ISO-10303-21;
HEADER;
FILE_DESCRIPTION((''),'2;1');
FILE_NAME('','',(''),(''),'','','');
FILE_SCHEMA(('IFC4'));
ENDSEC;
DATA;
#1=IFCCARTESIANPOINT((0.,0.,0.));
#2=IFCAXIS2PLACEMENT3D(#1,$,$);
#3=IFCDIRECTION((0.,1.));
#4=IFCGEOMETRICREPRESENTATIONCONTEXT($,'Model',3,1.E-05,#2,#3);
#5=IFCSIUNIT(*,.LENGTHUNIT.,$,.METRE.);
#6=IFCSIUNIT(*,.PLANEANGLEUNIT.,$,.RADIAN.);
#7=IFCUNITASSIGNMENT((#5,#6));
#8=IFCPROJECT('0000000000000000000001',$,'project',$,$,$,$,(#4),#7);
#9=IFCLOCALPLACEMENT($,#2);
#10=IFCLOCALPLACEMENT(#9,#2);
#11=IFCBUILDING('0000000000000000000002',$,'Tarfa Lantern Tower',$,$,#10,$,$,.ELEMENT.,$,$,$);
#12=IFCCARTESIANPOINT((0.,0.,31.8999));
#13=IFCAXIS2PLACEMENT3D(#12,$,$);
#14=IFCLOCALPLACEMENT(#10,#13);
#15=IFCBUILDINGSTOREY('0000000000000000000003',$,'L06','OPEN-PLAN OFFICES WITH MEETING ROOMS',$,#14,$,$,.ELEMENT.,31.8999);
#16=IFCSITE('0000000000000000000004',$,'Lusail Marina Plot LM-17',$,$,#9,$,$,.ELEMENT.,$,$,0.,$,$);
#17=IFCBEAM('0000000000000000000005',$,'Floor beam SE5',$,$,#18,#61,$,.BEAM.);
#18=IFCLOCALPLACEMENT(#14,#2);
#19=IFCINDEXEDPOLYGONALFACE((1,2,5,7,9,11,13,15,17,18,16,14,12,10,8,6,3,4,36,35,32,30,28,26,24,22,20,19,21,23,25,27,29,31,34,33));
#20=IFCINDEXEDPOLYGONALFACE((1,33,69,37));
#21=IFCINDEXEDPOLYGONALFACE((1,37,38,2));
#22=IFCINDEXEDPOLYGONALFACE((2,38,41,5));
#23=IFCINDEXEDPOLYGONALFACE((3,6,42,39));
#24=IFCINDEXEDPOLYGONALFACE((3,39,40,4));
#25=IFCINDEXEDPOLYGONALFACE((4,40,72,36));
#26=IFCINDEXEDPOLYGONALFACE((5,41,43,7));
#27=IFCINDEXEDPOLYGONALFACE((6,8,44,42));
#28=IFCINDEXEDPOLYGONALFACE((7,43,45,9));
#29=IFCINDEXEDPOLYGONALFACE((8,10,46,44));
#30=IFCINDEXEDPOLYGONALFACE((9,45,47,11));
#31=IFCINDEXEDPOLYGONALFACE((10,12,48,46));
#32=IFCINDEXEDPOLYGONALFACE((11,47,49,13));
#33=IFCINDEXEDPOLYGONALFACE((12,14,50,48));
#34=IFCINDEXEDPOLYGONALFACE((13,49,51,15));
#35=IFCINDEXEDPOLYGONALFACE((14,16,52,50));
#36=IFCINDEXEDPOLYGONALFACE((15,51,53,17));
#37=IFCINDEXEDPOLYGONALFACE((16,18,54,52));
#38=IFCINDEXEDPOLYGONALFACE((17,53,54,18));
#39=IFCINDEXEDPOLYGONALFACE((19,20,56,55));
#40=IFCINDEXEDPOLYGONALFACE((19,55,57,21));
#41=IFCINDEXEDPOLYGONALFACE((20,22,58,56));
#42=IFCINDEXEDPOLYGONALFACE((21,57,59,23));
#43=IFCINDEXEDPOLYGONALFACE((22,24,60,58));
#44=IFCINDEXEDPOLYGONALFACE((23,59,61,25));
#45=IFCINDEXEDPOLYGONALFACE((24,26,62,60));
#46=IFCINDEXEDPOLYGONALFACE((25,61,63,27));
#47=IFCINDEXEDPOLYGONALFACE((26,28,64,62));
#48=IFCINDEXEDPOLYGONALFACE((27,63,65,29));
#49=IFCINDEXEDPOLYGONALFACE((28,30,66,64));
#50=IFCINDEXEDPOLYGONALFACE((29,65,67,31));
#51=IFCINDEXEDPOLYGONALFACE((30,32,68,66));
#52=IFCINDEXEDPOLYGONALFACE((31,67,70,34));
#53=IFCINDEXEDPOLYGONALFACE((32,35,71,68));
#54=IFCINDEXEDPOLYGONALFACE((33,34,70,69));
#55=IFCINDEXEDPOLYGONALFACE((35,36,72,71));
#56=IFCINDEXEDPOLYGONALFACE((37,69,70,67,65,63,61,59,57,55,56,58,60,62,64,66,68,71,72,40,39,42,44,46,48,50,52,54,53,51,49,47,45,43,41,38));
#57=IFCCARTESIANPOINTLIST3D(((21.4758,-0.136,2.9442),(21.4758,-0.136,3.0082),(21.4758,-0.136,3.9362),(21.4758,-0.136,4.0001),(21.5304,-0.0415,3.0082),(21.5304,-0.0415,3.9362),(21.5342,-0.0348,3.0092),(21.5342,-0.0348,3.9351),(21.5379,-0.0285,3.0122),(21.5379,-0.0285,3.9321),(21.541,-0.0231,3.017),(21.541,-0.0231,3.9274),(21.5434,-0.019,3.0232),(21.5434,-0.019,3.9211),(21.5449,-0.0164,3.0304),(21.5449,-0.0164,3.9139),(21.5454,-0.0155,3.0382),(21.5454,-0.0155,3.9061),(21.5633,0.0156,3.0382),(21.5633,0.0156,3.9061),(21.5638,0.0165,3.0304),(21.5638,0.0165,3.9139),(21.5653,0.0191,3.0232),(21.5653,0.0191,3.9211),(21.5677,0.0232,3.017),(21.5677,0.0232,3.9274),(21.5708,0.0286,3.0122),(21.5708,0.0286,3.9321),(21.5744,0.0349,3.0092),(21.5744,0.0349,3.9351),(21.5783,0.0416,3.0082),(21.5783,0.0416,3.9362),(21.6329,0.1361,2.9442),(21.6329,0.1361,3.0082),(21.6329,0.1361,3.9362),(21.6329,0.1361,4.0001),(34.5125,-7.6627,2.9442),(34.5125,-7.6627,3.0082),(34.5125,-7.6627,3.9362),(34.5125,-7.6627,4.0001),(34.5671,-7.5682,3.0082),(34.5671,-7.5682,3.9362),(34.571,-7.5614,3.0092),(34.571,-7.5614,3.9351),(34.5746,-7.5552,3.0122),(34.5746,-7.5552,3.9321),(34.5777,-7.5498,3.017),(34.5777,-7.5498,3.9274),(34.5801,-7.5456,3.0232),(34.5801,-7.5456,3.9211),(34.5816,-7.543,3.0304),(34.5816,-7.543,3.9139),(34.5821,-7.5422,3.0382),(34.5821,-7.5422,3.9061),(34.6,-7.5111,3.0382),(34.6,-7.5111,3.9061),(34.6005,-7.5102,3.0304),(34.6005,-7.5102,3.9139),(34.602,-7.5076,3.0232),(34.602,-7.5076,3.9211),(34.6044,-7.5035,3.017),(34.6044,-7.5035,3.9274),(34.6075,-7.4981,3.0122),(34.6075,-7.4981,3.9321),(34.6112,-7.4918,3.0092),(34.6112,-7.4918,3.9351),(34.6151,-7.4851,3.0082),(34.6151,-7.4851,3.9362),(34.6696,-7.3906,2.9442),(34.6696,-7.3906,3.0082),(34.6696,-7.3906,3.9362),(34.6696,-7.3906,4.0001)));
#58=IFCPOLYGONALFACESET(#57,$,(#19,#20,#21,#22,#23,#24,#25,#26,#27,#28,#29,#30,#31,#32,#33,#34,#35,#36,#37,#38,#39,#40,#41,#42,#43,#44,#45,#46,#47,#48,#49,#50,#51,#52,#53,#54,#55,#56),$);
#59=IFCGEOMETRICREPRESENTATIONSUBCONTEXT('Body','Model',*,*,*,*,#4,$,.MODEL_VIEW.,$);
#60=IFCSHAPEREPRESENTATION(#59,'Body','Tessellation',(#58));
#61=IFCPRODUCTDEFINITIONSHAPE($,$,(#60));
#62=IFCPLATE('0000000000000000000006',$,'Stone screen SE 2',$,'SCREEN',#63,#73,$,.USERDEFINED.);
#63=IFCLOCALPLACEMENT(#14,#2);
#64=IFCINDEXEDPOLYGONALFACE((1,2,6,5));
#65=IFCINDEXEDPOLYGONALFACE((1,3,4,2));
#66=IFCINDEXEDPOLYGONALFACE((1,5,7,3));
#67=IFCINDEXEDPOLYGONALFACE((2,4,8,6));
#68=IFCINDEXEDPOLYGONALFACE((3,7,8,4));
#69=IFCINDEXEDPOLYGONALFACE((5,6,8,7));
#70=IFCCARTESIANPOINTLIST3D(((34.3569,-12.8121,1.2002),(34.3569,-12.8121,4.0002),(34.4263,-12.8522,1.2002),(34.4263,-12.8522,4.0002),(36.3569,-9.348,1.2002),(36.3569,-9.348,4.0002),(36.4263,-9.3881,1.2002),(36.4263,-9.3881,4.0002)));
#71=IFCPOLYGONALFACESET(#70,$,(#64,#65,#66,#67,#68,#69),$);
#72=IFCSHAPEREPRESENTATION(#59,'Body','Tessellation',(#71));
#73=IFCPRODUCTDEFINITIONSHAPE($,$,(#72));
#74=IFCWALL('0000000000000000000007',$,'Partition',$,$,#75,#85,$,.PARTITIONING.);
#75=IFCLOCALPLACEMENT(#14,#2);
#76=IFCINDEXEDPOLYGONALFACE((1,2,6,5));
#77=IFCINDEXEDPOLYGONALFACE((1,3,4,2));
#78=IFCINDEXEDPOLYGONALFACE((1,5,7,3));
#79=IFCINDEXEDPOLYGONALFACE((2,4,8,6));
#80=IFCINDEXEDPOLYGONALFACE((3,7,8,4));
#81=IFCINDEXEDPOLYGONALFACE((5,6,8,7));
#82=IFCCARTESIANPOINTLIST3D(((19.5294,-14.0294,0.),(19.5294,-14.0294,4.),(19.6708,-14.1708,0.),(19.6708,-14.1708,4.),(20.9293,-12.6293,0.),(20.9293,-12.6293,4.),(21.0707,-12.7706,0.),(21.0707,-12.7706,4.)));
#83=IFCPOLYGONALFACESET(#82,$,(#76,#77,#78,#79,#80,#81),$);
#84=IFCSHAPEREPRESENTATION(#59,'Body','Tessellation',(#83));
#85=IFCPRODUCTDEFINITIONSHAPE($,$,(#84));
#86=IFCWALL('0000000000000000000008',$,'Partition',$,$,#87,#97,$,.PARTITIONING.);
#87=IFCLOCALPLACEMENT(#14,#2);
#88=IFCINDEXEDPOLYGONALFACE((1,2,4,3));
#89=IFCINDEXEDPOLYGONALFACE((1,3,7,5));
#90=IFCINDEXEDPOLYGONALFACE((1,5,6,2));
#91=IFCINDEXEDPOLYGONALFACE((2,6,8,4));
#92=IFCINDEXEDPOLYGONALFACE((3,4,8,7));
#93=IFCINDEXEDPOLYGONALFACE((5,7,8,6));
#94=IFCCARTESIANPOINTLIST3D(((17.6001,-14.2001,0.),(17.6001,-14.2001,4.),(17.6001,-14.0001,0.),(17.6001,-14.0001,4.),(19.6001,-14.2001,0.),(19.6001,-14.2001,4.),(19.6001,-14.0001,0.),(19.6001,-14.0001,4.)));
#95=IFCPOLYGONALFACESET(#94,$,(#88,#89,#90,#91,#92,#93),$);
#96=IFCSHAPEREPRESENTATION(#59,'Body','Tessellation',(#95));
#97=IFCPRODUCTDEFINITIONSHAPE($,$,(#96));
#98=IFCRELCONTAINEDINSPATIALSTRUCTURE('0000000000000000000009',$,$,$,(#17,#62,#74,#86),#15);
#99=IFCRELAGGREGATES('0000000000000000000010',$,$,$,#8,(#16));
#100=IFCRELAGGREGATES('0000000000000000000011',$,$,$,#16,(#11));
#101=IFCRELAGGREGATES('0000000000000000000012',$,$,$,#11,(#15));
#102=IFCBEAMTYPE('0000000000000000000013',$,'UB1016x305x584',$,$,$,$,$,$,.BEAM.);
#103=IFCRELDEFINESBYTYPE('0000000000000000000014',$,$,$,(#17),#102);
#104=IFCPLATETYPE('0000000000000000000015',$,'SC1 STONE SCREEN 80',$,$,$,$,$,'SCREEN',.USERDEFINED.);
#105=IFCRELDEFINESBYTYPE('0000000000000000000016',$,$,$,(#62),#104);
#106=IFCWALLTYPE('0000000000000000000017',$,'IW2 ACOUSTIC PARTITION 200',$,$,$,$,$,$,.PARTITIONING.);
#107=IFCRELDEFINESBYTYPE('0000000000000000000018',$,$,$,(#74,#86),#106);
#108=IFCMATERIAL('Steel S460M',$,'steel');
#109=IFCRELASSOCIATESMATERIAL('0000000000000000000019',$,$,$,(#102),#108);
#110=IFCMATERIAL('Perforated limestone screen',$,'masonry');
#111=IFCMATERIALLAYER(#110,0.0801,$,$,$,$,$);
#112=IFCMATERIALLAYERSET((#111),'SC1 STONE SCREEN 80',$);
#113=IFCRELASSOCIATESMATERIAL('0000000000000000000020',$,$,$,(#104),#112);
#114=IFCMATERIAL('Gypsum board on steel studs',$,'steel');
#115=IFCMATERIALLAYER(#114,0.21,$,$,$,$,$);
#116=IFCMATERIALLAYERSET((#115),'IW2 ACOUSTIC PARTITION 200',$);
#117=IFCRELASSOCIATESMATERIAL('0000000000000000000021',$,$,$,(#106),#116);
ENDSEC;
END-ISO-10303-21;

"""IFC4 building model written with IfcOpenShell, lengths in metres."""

from ifc_helpers import new_model, si_unit, direction, frame, frame_2d, origin, origin_2d, place, context, subcontext, project, spatial, rectangle, i_section, extrude, material, layer, layer_set, material_profile, profile_set, type_object, element, save


model = new_model("IFC4")

# Units and contexts
model_context = context("Model", 3, precision=1e-05, world=origin(), true_north=direction((0.0, 1.0)))
body_context = subcontext(model_context, "Body", "Model", "MODEL_VIEW")
ifc_project = project(units=[si_unit("LENGTHUNIT", "METRE"), si_unit("PLANEANGLEUNIT", "RADIAN")], contexts=[model_context])

# Site, building, storey
site_placement = place(None, origin())
site = spatial("IfcSite", under=ifc_project, at=site_placement, Name="Lusail Marina Plot LM-17", CompositionType="ELEMENT", RefElevation=0.0)
building_placement = place(site_placement, origin())
building = spatial("IfcBuilding", under=site, at=building_placement, Name="Tarfa Lantern Tower", CompositionType="ELEMENT")
storey_placement = place(building_placement, frame((0.0, 0.0, 31.8999)))
storey = spatial("IfcBuildingStorey", under=building, at=storey_placement, Name="L06", Description="OPEN-PLAN OFFICES WITH MEETING ROOMS", CompositionType="ELEMENT", Elevation=31.8999)

# Beam
ifc_material_1 = material(Name="Steel S460M", Category="steel")
ifc_material_profile_1 = material_profile(ifc_material_1, i_section(OverallWidth=0.3142, OverallDepth=1.0559, WebThickness=0.0359, FlangeThickness=0.064, FilletRadius=0.03, at=origin_2d()), Name="UB1016x305x584")
ifc_profile_set_1 = profile_set([ifc_material_profile_1], Name="Steel S460M")
beam_type_1 = type_object("IfcBeamType", Name="UB1016x305x584", PredefinedType="BEAM", material=ifc_profile_set_1)
beam_1_placement = place(storey_placement, frame((34.5911, -7.5266, 3.4722), z_axis=(-0.866028, 0.499996, 0.0), x_axis=(-0.499996, -0.866028, 0.0)))
element("IfcBeam", 1, at=beam_1_placement, inside=storey, type_object=beam_type_1, Name="Floor beam SE5", PredefinedType="BEAM", context=body_context, shape_type="SweptSolid", body=[
    extrude(i_section(OverallWidth=0.3142, OverallDepth=1.0559, WebThickness=0.0359, FlangeThickness=0.064, FilletRadius=0.03, at=origin_2d()), origin(), (0.0, 0.0, 1.0), 15.0535),
])

# Plate
ifc_material_2 = material(Name="Perforated limestone screen", Category="masonry")
ifc_layer_1 = layer(ifc_material_2, 0.0801)
ifc_layer_set_1 = layer_set([ifc_layer_1], Name="SC1 STONE SCREEN 80")
plate_type = type_object("IfcPlateType", Name="SC1 STONE SCREEN 80", ElementType="SCREEN", PredefinedType="USERDEFINED", material=ifc_layer_set_1)
plate_placement = place(storey_placement, frame((35.3916, -11.1001, 1.2002), z_axis=(0.0, 0.0, 1.0), x_axis=(0.5, 0.866025, 0.0)))
element("IfcPlate", 2, at=plate_placement, inside=storey, type_object=plate_type, Name="Stone screen SE 2", ObjectType="SCREEN", PredefinedType="USERDEFINED", context=body_context, shape_type="SweptSolid", body=[
    extrude(rectangle(XDim=4.0, YDim=0.0801, at=origin_2d()), origin(), (0.0, 0.0, 1.0), 2.8),
])

# Walls
ifc_material_3 = material(Name="Gypsum board on steel studs", Category="steel")
ifc_layer_2 = layer(ifc_material_3, 0.21)
ifc_layer_set_2 = layer_set([ifc_layer_2], Name="IW2 ACOUSTIC PARTITION 200")
wall_type = type_object("IfcWallType", Name="IW2 ACOUSTIC PARTITION 200", PredefinedType="PARTITIONING", material=ifc_layer_set_2)
wall_1_placement = place(storey_placement, frame((21.0, -12.7, 0.0), z_axis=(0.0, 0.0, 1.0), x_axis=(-0.707045, -0.707168, 0.0)))
element("IfcWall", 3, at=wall_1_placement, inside=storey, type_object=wall_type, Name="Partition", PredefinedType="PARTITIONING", context=body_context, shape_type="SweptSolid", body=[
    extrude(rectangle(XDim=1.98, YDim=0.2, at=frame_2d((0.99, 0.0))), origin(), (0.0, 0.0, 1.0), 4.0),
])
wall_2_placement = place(storey_placement, frame((19.6001, -14.1001, 0.0), z_axis=(0.0, 0.0, 1.0), x_axis=(-1.0, 0.0, 0.0)))
element("IfcWall", 4, at=wall_2_placement, inside=storey, type_object=wall_type, Name="Partition", PredefinedType="PARTITIONING", context=body_context, shape_type="SweptSolid", body=[
    extrude(rectangle(XDim=2.0, YDim=0.2, at=frame_2d((1.0, 0.0))), origin(), (0.0, 0.0, 1.0), 4.0),
])

save(model, "model.ifc")
